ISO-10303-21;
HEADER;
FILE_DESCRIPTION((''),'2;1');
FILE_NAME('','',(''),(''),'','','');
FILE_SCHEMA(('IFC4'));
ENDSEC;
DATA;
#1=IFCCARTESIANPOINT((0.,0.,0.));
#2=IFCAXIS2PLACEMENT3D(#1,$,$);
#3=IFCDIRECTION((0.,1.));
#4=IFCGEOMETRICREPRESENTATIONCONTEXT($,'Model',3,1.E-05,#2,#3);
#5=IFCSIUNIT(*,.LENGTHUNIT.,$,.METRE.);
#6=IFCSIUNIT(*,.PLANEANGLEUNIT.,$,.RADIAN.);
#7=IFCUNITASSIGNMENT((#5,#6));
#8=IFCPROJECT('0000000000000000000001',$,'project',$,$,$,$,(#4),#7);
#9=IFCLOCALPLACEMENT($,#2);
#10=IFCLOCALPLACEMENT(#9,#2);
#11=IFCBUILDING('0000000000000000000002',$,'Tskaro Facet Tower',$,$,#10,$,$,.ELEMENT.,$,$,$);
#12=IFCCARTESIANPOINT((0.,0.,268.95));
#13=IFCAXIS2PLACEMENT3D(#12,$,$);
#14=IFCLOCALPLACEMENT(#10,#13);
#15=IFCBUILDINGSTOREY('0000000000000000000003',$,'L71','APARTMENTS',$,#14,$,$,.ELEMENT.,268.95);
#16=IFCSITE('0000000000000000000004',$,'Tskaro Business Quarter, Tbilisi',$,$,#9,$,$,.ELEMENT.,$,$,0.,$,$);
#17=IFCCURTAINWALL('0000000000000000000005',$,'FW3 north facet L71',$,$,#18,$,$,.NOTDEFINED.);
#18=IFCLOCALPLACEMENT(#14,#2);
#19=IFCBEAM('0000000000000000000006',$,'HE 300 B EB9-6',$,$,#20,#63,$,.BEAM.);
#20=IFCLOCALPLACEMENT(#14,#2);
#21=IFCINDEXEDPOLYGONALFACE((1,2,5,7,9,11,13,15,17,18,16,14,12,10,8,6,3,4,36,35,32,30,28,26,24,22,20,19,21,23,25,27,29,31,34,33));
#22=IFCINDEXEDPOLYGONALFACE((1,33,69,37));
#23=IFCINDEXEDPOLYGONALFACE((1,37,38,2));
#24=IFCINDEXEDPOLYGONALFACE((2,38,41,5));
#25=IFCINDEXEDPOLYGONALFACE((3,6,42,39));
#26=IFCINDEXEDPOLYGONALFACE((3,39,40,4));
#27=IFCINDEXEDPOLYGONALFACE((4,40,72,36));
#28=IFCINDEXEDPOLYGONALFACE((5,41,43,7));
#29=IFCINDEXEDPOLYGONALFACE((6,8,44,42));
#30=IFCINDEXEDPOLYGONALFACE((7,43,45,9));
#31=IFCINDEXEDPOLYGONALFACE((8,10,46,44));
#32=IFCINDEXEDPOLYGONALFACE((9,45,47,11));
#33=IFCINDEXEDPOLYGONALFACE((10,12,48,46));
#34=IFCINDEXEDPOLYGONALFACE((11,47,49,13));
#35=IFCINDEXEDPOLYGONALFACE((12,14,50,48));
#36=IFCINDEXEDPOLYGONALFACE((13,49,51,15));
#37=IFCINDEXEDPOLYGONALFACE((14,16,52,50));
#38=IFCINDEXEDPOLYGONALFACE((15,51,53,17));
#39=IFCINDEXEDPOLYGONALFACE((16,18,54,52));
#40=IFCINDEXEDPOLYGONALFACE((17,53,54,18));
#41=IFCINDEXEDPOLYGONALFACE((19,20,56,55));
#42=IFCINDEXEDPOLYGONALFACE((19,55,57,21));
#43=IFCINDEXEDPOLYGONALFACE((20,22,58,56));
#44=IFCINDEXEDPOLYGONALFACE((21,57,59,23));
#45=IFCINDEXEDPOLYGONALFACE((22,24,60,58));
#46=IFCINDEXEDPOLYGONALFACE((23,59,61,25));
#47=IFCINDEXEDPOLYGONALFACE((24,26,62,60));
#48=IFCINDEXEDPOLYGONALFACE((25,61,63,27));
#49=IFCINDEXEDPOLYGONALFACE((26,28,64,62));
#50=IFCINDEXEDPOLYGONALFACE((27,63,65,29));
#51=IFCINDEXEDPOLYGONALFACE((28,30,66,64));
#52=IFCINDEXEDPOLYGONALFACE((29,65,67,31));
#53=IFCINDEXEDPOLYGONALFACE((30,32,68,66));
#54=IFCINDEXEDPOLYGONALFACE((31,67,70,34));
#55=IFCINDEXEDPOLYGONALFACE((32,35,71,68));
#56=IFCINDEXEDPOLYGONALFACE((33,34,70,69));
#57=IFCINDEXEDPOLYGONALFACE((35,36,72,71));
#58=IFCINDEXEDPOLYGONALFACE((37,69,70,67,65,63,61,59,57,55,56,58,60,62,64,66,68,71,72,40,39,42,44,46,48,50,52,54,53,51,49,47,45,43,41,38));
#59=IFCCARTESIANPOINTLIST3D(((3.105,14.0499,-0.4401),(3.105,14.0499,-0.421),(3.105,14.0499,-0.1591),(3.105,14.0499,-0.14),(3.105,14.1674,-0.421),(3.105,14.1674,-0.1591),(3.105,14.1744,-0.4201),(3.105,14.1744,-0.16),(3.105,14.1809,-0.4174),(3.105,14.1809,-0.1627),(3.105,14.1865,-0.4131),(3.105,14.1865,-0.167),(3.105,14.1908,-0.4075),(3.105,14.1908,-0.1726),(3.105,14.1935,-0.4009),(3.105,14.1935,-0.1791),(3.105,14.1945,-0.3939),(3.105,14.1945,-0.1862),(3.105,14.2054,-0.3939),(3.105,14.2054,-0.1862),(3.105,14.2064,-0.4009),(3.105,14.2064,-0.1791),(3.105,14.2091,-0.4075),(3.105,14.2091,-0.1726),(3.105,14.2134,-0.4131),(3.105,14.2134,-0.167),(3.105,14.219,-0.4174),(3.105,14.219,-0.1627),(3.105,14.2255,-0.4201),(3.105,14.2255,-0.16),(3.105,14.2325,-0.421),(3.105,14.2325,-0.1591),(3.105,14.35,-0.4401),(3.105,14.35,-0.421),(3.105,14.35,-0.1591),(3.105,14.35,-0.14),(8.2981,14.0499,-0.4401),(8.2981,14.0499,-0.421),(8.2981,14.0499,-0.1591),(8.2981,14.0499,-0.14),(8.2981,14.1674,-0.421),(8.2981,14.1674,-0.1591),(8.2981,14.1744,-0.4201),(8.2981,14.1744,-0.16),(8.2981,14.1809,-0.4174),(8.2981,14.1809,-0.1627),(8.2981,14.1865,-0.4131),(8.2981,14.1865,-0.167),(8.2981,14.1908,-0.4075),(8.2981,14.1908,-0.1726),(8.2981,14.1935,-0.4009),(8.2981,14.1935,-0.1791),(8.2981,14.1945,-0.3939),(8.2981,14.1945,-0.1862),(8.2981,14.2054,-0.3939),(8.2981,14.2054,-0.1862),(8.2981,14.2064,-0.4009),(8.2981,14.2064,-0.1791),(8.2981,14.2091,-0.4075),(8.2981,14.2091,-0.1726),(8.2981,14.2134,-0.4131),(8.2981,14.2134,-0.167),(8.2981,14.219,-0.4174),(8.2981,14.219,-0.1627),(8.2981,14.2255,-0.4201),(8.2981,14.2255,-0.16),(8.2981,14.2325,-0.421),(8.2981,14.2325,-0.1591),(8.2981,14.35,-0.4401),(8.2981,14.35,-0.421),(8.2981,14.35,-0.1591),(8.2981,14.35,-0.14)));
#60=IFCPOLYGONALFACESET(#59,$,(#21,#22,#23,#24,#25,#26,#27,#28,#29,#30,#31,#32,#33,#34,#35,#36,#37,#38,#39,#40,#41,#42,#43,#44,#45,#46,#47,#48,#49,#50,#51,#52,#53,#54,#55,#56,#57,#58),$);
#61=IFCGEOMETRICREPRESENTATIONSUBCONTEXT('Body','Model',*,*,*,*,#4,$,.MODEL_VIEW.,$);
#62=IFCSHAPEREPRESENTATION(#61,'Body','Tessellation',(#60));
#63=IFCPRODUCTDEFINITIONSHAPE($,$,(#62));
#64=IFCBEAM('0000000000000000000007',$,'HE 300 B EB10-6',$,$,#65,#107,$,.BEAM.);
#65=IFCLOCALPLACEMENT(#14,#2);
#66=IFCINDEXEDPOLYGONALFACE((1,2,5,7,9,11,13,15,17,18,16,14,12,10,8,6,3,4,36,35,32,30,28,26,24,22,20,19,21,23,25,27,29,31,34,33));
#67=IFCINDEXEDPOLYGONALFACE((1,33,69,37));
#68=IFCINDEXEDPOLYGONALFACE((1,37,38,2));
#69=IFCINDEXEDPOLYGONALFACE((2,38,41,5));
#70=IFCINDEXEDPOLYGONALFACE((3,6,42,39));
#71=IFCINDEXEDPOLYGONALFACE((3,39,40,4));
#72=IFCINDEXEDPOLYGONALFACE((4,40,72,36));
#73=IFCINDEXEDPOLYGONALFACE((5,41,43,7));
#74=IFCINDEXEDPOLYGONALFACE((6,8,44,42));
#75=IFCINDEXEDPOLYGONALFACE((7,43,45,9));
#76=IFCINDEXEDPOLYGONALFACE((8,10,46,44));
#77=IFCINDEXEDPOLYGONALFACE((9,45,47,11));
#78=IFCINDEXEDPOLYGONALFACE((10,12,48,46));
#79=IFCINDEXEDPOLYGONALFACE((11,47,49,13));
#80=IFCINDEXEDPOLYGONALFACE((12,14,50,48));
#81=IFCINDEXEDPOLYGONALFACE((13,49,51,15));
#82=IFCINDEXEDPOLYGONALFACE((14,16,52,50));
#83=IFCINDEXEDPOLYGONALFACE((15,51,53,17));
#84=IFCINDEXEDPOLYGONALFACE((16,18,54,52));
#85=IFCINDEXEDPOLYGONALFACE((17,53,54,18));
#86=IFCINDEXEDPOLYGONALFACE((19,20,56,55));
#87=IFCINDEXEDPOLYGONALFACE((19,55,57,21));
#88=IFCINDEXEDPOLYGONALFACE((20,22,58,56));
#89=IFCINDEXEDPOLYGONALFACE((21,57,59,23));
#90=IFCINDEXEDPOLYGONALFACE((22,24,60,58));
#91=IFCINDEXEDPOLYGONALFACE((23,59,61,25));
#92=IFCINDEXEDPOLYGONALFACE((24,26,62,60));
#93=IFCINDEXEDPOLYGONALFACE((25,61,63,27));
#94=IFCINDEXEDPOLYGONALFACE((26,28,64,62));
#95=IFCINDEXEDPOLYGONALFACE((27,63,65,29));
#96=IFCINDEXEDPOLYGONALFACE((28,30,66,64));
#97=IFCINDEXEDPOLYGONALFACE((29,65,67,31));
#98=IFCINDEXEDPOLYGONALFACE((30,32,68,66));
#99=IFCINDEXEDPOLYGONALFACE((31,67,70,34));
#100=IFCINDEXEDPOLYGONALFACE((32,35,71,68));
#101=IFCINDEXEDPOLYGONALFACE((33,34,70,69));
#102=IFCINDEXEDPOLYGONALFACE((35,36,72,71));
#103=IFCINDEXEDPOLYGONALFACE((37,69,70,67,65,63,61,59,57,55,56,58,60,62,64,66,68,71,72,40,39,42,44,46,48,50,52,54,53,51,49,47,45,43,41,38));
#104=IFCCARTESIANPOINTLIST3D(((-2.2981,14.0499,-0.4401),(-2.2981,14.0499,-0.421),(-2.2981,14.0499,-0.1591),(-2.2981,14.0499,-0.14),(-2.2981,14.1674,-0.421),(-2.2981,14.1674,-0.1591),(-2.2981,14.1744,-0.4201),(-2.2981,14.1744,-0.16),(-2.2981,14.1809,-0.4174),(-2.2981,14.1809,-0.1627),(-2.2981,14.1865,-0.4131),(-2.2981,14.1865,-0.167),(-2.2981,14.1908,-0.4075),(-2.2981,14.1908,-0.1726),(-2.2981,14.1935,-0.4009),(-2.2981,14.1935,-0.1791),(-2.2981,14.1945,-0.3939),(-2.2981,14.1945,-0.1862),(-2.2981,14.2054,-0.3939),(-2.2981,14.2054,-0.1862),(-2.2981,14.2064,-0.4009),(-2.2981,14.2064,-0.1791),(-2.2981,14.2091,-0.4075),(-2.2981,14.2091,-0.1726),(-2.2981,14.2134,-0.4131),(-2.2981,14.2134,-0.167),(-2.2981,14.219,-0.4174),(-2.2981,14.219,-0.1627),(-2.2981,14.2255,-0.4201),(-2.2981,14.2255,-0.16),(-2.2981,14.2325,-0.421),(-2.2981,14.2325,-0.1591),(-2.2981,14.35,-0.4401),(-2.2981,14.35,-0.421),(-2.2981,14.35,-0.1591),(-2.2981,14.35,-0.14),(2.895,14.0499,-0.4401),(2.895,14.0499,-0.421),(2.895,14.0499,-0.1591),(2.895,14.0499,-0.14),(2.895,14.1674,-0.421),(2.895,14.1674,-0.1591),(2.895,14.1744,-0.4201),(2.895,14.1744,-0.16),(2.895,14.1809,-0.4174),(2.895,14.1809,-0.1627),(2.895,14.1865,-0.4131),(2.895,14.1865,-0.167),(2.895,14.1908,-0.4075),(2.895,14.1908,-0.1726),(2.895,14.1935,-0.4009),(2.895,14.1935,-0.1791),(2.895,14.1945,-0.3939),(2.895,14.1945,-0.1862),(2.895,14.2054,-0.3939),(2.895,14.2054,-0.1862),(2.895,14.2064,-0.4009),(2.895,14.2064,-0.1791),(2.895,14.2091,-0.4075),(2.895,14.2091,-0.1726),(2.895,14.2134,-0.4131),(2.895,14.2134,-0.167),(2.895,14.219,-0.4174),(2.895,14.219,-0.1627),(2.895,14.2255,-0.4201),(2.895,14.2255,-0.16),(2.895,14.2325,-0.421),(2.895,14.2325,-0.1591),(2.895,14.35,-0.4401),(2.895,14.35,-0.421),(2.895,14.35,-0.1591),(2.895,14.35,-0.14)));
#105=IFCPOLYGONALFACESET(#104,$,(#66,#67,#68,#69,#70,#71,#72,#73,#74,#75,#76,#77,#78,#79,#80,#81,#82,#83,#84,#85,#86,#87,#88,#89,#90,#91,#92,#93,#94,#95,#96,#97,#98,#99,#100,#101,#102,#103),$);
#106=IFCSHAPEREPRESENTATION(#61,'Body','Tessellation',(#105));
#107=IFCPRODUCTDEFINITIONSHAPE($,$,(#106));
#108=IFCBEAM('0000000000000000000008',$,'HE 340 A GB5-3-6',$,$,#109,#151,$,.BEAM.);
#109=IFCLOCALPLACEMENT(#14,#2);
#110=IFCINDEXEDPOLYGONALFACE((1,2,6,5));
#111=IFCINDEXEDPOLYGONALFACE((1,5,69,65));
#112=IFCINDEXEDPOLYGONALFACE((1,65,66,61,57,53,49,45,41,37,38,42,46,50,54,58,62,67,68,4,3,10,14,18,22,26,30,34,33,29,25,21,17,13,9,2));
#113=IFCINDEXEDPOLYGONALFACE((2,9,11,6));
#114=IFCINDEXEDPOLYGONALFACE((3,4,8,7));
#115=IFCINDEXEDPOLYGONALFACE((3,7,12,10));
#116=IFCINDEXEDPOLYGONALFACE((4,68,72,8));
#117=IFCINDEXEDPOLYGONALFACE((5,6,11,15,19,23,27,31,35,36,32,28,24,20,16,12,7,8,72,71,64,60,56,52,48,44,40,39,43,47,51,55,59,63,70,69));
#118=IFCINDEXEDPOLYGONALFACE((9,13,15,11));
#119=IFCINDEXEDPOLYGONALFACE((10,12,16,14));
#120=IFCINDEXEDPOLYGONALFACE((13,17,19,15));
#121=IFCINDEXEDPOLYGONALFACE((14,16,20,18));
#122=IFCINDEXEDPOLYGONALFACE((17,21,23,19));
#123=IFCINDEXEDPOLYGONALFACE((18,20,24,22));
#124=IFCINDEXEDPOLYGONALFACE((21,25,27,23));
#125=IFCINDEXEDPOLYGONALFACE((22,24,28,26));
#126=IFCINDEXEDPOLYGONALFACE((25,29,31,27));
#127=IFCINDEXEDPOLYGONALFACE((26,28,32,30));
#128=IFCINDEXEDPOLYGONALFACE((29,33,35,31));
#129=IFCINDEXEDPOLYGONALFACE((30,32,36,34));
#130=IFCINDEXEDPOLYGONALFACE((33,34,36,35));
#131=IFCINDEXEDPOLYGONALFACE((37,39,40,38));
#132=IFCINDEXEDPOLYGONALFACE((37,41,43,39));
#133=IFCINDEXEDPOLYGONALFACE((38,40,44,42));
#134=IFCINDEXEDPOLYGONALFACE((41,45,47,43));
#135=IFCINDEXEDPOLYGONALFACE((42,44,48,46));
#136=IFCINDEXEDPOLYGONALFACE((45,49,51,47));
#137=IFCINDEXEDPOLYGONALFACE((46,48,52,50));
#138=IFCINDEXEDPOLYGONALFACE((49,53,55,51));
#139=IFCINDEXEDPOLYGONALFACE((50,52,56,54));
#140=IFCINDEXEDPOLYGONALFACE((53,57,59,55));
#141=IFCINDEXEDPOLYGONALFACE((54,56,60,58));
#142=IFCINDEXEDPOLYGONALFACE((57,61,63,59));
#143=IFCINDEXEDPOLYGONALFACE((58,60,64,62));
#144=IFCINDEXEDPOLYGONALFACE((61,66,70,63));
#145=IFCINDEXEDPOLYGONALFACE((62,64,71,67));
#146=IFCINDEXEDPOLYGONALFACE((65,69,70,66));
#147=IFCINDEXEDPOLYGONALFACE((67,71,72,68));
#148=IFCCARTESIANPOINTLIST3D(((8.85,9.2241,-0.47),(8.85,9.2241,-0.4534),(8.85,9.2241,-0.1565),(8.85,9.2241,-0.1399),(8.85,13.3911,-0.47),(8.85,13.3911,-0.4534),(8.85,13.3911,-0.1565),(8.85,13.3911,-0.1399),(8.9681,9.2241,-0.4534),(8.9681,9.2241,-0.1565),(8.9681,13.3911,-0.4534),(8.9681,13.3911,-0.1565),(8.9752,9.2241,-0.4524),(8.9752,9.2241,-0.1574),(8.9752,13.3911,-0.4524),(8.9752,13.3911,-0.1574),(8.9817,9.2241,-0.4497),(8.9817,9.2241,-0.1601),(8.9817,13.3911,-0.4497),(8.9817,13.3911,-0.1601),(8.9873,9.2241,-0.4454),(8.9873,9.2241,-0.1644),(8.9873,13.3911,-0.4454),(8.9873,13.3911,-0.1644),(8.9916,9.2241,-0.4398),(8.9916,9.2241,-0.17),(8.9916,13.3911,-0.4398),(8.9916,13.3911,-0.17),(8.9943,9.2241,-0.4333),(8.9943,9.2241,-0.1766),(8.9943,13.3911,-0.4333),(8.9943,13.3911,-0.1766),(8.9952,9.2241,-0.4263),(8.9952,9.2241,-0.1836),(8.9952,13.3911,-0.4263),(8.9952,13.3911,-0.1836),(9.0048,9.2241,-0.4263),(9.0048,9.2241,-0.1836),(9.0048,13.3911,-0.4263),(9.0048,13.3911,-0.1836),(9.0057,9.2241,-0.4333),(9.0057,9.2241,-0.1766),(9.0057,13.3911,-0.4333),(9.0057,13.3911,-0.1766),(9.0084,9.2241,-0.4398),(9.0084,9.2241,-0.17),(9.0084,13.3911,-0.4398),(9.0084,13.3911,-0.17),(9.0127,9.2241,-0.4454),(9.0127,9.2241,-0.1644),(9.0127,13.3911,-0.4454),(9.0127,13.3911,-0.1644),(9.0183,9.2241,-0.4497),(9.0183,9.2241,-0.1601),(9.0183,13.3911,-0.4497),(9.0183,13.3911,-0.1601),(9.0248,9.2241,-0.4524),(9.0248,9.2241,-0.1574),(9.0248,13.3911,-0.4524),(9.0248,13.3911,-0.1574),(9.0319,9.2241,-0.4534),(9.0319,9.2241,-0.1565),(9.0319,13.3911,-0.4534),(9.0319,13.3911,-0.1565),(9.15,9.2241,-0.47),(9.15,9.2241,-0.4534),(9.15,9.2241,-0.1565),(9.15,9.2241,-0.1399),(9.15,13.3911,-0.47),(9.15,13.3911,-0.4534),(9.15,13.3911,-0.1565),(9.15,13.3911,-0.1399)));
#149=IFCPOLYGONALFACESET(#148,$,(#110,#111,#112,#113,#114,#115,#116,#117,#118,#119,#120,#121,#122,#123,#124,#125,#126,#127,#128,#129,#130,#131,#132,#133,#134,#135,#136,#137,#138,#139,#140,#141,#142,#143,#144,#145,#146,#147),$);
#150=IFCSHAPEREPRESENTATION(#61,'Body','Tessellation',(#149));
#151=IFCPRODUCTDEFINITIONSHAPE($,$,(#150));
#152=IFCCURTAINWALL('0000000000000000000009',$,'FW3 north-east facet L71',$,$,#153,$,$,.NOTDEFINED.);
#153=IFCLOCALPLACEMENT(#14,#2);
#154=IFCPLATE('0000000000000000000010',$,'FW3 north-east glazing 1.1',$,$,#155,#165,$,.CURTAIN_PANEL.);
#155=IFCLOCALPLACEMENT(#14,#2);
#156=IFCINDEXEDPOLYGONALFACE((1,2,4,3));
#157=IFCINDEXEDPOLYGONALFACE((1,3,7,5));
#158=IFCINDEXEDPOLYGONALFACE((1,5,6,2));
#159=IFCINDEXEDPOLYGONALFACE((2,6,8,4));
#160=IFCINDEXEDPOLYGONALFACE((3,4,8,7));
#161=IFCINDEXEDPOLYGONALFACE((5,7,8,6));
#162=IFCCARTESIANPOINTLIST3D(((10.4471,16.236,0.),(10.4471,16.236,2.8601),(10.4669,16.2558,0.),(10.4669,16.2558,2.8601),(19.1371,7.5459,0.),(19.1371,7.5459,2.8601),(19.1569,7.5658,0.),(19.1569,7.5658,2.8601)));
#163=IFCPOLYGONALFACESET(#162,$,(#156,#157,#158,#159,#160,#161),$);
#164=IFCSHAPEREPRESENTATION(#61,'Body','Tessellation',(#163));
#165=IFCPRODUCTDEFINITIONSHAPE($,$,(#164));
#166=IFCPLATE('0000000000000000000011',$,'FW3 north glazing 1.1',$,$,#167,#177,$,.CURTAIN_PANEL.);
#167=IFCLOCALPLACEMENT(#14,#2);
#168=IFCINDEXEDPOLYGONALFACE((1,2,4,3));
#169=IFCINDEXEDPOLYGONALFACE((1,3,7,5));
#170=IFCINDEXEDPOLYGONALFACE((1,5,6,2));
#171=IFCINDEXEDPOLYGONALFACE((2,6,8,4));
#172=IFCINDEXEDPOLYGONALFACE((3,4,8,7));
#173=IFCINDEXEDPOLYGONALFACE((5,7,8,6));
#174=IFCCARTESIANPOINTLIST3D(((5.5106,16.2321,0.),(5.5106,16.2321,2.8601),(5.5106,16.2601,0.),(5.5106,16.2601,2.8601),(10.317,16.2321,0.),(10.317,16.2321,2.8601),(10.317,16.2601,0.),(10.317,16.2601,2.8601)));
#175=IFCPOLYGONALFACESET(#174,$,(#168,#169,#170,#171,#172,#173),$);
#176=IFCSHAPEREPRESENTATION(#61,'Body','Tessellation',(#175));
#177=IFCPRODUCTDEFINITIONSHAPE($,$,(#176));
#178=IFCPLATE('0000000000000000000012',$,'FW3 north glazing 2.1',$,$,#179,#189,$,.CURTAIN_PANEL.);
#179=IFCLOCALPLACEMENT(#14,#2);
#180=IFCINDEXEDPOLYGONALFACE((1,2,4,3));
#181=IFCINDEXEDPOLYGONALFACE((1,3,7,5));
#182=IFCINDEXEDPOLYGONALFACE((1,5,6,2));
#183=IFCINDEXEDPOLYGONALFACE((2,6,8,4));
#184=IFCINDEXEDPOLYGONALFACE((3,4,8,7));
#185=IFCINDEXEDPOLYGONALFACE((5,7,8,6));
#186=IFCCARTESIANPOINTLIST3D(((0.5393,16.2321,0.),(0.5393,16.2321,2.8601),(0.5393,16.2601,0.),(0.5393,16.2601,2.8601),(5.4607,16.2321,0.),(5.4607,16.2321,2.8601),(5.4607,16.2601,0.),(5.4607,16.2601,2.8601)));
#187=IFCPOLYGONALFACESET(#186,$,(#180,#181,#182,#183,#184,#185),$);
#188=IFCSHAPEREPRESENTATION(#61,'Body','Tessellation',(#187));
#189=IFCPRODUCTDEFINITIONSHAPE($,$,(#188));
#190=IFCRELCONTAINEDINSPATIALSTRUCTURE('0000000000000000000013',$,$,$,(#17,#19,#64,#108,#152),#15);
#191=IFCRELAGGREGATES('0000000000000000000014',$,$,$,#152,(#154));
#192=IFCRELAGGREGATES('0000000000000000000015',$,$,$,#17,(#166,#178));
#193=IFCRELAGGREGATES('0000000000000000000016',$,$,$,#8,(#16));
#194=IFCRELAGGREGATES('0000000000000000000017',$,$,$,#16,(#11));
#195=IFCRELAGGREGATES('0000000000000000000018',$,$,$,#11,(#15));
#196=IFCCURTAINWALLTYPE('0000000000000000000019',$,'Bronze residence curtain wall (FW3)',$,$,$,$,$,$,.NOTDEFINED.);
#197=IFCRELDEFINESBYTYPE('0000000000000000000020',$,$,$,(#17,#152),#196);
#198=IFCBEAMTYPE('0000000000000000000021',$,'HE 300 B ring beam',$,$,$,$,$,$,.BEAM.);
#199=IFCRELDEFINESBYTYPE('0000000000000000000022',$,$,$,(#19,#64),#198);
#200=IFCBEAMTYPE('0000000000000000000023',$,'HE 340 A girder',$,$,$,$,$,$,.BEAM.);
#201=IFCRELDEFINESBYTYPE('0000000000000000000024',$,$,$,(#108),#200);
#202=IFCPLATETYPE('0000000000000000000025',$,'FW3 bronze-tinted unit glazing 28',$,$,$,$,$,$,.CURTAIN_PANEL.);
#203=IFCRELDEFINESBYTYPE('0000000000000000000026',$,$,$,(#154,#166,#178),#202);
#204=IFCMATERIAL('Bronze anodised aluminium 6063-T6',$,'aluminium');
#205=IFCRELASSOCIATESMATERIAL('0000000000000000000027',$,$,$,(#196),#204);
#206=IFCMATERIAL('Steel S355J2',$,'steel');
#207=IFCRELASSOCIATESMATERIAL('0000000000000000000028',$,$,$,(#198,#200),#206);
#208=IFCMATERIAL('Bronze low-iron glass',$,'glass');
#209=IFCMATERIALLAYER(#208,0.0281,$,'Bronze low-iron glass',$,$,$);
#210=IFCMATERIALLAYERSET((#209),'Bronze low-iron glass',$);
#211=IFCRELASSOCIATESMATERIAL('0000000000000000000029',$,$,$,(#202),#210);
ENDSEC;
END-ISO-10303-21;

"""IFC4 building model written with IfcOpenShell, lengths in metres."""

from ifc_helpers import new_model, si_unit, direction, frame, origin, origin_2d, place, context, subcontext, project, spatial, rectangle, i_section, extrude, material, layer, layer_set, material_profile, profile_set, type_object, element, aggregate, save


model = new_model("IFC4")

# Units and contexts
model_context = context("Model", 3, precision=1e-05, world=origin(), true_north=direction((0.0, 1.0)))
body_context = subcontext(model_context, "Body", "Model", "MODEL_VIEW")
ifc_project = project(units=[si_unit("LENGTHUNIT", "METRE"), si_unit("PLANEANGLEUNIT", "RADIAN")], contexts=[model_context])

# Site, building, storey
site_placement = place(None, origin())
site = spatial("IfcSite", under=ifc_project, at=site_placement, Name="Tskaro Business Quarter, Tbilisi", CompositionType="ELEMENT", RefElevation=0.0)
building_placement = place(site_placement, origin())
building = spatial("IfcBuilding", under=site, at=building_placement, Name="Tskaro Facet Tower", CompositionType="ELEMENT")
storey_placement = place(building_placement, frame((0.0, 0.0, 268.95)))
storey = spatial("IfcBuildingStorey", under=building, at=storey_placement, Name="L71", Description="APARTMENTS", CompositionType="ELEMENT", Elevation=268.95)

# Shared definitions
ifc_material_1 = material(Name="Steel S355J2", Category="steel")

# Curtain wall
ifc_material_2 = material(Name="Bronze anodised aluminium 6063-T6", Category="aluminium")
curtain_wall_type = type_object("IfcCurtainWallType", Name="Bronze residence curtain wall (FW3)", PredefinedType="NOTDEFINED", material=ifc_material_2)
curtain_wall_1_placement = place(storey_placement, origin())
curtain_wall_1 = element("IfcCurtainWall", 1, at=curtain_wall_1_placement, inside=storey, type_object=curtain_wall_type, Name="FW3 north facet L71", PredefinedType="NOTDEFINED")

# Beams
ifc_material_profile_1 = material_profile(ifc_material_1, i_section(OverallWidth=0.3, OverallDepth=0.3, WebThickness=0.011, FlangeThickness=0.019, FilletRadius=0.0271, at=origin_2d()), Name="HE 300 B")
ifc_profile_set_1 = profile_set([ifc_material_profile_1], Name="Steel S355J2")
beam_type_1 = type_object("IfcBeamType", Name="HE 300 B ring beam", PredefinedType="BEAM", material=ifc_profile_set_1)
for number, where, z_axis, x_axis, name in (
    (2, (8.2981, 14.2, -0.29), (-1.0, 0.0, 0.0), (0.0, -1.0, 0.0), "HE 300 B EB9-6"),
    (3, (2.895, 14.2, -0.29), (-1.0, 0.0, 0.0), (0.0, -1.0, 0.0), "HE 300 B EB10-6"),
):
    element("IfcBeam", number, at=place(storey_placement, frame(where, z_axis=z_axis, x_axis=x_axis)), inside=storey, type_object=beam_type_1, Name=name, PredefinedType="BEAM", context=body_context, shape_type="SweptSolid", body=[
        extrude(i_section(OverallWidth=0.3, OverallDepth=0.3, WebThickness=0.011, FlangeThickness=0.019, FilletRadius=0.0271, at=origin_2d()), origin(), (0.0, 0.0, 1.0), 5.1931),
    ])
ifc_material_profile_2 = material_profile(ifc_material_1, i_section(OverallWidth=0.3, OverallDepth=0.3301, WebThickness=0.0095, FlangeThickness=0.0166, FilletRadius=0.0271, at=origin_2d()), Name="HE 340 A")
ifc_profile_set_2 = profile_set([ifc_material_profile_2], Name="Steel S355J2")
beam_type_2 = type_object("IfcBeamType", Name="HE 340 A girder", PredefinedType="BEAM", material=ifc_profile_set_2)
beam_1_placement = place(storey_placement, frame((9.0, 9.2241, -0.3049), z_axis=(0.0, 1.0, 0.0), x_axis=(-1.0, 0.0, 0.0)))
element("IfcBeam", 4, at=beam_1_placement, inside=storey, type_object=beam_type_2, Name="HE 340 A GB5-3-6", PredefinedType="BEAM", context=body_context, shape_type="SweptSolid", body=[
    extrude(i_section(OverallWidth=0.3, OverallDepth=0.3301, WebThickness=0.0095, FlangeThickness=0.0166, FilletRadius=0.0271, at=origin_2d()), origin(), (0.0, 0.0, 1.0), 4.167),
])

# Curtain wall, plate
curtain_wall_2_placement = place(storey_placement, origin())
curtain_wall_2 = element("IfcCurtainWall", 5, at=curtain_wall_2_placement, inside=storey, type_object=curtain_wall_type, Name="FW3 north-east facet L71", PredefinedType="NOTDEFINED")
ifc_material_3 = material(Name="Bronze low-iron glass", Category="glass")
ifc_layer_1 = layer(ifc_material_3, 0.0281, Name="Bronze low-iron glass")
ifc_layer_set_1 = layer_set([ifc_layer_1], Name="Bronze low-iron glass")
plate_type = type_object("IfcPlateType", Name="FW3 bronze-tinted unit glazing 28", PredefinedType="CURTAIN_PANEL", material=ifc_layer_set_1)
plate_1_placement = place(storey_placement, frame((14.802, 11.9009, 0.0), z_axis=(0.0, 0.0, 1.0), x_axis=(-0.707107, 0.707107, 0.0)))
plate_1 = element("IfcPlate", 6, at=plate_1_placement, type_object=plate_type, Name="FW3 north-east glazing 1.1", PredefinedType="CURTAIN_PANEL", context=body_context, shape_type="SweptSolid", body=[
    extrude(rectangle(XDim=12.2896, YDim=0.0281, at=origin_2d()), origin(), (0.0, 0.0, 1.0), 2.8601),
])
aggregate(curtain_wall_2, [plate_1])

# Plates
plate_2_placement = place(storey_placement, frame((7.9138, 16.2461, 0.0), z_axis=(0.0, 0.0, 1.0), x_axis=(-1.0, 0.0, 0.0)))
plate_2 = element("IfcPlate", 7, at=plate_2_placement, type_object=plate_type, Name="FW3 north glazing 1.1", PredefinedType="CURTAIN_PANEL", context=body_context, shape_type="SweptSolid", body=[
    extrude(rectangle(XDim=4.8064, YDim=0.0281, at=origin_2d()), origin(), (0.0, 0.0, 1.0), 2.8601),
])
plate_3_placement = place(storey_placement, frame((3.0, 16.2461, 0.0), z_axis=(0.0, 0.0, 1.0), x_axis=(-1.0, 0.0, 0.0)))
plate_3 = element("IfcPlate", 8, at=plate_3_placement, type_object=plate_type, Name="FW3 north glazing 2.1", PredefinedType="CURTAIN_PANEL", context=body_context, shape_type="SweptSolid", body=[
    extrude(rectangle(XDim=4.9214, YDim=0.0281, at=origin_2d()), origin(), (0.0, 0.0, 1.0), 2.8601),
])
aggregate(curtain_wall_1, [plate_2, plate_3])

save(model, "model.ifc")
